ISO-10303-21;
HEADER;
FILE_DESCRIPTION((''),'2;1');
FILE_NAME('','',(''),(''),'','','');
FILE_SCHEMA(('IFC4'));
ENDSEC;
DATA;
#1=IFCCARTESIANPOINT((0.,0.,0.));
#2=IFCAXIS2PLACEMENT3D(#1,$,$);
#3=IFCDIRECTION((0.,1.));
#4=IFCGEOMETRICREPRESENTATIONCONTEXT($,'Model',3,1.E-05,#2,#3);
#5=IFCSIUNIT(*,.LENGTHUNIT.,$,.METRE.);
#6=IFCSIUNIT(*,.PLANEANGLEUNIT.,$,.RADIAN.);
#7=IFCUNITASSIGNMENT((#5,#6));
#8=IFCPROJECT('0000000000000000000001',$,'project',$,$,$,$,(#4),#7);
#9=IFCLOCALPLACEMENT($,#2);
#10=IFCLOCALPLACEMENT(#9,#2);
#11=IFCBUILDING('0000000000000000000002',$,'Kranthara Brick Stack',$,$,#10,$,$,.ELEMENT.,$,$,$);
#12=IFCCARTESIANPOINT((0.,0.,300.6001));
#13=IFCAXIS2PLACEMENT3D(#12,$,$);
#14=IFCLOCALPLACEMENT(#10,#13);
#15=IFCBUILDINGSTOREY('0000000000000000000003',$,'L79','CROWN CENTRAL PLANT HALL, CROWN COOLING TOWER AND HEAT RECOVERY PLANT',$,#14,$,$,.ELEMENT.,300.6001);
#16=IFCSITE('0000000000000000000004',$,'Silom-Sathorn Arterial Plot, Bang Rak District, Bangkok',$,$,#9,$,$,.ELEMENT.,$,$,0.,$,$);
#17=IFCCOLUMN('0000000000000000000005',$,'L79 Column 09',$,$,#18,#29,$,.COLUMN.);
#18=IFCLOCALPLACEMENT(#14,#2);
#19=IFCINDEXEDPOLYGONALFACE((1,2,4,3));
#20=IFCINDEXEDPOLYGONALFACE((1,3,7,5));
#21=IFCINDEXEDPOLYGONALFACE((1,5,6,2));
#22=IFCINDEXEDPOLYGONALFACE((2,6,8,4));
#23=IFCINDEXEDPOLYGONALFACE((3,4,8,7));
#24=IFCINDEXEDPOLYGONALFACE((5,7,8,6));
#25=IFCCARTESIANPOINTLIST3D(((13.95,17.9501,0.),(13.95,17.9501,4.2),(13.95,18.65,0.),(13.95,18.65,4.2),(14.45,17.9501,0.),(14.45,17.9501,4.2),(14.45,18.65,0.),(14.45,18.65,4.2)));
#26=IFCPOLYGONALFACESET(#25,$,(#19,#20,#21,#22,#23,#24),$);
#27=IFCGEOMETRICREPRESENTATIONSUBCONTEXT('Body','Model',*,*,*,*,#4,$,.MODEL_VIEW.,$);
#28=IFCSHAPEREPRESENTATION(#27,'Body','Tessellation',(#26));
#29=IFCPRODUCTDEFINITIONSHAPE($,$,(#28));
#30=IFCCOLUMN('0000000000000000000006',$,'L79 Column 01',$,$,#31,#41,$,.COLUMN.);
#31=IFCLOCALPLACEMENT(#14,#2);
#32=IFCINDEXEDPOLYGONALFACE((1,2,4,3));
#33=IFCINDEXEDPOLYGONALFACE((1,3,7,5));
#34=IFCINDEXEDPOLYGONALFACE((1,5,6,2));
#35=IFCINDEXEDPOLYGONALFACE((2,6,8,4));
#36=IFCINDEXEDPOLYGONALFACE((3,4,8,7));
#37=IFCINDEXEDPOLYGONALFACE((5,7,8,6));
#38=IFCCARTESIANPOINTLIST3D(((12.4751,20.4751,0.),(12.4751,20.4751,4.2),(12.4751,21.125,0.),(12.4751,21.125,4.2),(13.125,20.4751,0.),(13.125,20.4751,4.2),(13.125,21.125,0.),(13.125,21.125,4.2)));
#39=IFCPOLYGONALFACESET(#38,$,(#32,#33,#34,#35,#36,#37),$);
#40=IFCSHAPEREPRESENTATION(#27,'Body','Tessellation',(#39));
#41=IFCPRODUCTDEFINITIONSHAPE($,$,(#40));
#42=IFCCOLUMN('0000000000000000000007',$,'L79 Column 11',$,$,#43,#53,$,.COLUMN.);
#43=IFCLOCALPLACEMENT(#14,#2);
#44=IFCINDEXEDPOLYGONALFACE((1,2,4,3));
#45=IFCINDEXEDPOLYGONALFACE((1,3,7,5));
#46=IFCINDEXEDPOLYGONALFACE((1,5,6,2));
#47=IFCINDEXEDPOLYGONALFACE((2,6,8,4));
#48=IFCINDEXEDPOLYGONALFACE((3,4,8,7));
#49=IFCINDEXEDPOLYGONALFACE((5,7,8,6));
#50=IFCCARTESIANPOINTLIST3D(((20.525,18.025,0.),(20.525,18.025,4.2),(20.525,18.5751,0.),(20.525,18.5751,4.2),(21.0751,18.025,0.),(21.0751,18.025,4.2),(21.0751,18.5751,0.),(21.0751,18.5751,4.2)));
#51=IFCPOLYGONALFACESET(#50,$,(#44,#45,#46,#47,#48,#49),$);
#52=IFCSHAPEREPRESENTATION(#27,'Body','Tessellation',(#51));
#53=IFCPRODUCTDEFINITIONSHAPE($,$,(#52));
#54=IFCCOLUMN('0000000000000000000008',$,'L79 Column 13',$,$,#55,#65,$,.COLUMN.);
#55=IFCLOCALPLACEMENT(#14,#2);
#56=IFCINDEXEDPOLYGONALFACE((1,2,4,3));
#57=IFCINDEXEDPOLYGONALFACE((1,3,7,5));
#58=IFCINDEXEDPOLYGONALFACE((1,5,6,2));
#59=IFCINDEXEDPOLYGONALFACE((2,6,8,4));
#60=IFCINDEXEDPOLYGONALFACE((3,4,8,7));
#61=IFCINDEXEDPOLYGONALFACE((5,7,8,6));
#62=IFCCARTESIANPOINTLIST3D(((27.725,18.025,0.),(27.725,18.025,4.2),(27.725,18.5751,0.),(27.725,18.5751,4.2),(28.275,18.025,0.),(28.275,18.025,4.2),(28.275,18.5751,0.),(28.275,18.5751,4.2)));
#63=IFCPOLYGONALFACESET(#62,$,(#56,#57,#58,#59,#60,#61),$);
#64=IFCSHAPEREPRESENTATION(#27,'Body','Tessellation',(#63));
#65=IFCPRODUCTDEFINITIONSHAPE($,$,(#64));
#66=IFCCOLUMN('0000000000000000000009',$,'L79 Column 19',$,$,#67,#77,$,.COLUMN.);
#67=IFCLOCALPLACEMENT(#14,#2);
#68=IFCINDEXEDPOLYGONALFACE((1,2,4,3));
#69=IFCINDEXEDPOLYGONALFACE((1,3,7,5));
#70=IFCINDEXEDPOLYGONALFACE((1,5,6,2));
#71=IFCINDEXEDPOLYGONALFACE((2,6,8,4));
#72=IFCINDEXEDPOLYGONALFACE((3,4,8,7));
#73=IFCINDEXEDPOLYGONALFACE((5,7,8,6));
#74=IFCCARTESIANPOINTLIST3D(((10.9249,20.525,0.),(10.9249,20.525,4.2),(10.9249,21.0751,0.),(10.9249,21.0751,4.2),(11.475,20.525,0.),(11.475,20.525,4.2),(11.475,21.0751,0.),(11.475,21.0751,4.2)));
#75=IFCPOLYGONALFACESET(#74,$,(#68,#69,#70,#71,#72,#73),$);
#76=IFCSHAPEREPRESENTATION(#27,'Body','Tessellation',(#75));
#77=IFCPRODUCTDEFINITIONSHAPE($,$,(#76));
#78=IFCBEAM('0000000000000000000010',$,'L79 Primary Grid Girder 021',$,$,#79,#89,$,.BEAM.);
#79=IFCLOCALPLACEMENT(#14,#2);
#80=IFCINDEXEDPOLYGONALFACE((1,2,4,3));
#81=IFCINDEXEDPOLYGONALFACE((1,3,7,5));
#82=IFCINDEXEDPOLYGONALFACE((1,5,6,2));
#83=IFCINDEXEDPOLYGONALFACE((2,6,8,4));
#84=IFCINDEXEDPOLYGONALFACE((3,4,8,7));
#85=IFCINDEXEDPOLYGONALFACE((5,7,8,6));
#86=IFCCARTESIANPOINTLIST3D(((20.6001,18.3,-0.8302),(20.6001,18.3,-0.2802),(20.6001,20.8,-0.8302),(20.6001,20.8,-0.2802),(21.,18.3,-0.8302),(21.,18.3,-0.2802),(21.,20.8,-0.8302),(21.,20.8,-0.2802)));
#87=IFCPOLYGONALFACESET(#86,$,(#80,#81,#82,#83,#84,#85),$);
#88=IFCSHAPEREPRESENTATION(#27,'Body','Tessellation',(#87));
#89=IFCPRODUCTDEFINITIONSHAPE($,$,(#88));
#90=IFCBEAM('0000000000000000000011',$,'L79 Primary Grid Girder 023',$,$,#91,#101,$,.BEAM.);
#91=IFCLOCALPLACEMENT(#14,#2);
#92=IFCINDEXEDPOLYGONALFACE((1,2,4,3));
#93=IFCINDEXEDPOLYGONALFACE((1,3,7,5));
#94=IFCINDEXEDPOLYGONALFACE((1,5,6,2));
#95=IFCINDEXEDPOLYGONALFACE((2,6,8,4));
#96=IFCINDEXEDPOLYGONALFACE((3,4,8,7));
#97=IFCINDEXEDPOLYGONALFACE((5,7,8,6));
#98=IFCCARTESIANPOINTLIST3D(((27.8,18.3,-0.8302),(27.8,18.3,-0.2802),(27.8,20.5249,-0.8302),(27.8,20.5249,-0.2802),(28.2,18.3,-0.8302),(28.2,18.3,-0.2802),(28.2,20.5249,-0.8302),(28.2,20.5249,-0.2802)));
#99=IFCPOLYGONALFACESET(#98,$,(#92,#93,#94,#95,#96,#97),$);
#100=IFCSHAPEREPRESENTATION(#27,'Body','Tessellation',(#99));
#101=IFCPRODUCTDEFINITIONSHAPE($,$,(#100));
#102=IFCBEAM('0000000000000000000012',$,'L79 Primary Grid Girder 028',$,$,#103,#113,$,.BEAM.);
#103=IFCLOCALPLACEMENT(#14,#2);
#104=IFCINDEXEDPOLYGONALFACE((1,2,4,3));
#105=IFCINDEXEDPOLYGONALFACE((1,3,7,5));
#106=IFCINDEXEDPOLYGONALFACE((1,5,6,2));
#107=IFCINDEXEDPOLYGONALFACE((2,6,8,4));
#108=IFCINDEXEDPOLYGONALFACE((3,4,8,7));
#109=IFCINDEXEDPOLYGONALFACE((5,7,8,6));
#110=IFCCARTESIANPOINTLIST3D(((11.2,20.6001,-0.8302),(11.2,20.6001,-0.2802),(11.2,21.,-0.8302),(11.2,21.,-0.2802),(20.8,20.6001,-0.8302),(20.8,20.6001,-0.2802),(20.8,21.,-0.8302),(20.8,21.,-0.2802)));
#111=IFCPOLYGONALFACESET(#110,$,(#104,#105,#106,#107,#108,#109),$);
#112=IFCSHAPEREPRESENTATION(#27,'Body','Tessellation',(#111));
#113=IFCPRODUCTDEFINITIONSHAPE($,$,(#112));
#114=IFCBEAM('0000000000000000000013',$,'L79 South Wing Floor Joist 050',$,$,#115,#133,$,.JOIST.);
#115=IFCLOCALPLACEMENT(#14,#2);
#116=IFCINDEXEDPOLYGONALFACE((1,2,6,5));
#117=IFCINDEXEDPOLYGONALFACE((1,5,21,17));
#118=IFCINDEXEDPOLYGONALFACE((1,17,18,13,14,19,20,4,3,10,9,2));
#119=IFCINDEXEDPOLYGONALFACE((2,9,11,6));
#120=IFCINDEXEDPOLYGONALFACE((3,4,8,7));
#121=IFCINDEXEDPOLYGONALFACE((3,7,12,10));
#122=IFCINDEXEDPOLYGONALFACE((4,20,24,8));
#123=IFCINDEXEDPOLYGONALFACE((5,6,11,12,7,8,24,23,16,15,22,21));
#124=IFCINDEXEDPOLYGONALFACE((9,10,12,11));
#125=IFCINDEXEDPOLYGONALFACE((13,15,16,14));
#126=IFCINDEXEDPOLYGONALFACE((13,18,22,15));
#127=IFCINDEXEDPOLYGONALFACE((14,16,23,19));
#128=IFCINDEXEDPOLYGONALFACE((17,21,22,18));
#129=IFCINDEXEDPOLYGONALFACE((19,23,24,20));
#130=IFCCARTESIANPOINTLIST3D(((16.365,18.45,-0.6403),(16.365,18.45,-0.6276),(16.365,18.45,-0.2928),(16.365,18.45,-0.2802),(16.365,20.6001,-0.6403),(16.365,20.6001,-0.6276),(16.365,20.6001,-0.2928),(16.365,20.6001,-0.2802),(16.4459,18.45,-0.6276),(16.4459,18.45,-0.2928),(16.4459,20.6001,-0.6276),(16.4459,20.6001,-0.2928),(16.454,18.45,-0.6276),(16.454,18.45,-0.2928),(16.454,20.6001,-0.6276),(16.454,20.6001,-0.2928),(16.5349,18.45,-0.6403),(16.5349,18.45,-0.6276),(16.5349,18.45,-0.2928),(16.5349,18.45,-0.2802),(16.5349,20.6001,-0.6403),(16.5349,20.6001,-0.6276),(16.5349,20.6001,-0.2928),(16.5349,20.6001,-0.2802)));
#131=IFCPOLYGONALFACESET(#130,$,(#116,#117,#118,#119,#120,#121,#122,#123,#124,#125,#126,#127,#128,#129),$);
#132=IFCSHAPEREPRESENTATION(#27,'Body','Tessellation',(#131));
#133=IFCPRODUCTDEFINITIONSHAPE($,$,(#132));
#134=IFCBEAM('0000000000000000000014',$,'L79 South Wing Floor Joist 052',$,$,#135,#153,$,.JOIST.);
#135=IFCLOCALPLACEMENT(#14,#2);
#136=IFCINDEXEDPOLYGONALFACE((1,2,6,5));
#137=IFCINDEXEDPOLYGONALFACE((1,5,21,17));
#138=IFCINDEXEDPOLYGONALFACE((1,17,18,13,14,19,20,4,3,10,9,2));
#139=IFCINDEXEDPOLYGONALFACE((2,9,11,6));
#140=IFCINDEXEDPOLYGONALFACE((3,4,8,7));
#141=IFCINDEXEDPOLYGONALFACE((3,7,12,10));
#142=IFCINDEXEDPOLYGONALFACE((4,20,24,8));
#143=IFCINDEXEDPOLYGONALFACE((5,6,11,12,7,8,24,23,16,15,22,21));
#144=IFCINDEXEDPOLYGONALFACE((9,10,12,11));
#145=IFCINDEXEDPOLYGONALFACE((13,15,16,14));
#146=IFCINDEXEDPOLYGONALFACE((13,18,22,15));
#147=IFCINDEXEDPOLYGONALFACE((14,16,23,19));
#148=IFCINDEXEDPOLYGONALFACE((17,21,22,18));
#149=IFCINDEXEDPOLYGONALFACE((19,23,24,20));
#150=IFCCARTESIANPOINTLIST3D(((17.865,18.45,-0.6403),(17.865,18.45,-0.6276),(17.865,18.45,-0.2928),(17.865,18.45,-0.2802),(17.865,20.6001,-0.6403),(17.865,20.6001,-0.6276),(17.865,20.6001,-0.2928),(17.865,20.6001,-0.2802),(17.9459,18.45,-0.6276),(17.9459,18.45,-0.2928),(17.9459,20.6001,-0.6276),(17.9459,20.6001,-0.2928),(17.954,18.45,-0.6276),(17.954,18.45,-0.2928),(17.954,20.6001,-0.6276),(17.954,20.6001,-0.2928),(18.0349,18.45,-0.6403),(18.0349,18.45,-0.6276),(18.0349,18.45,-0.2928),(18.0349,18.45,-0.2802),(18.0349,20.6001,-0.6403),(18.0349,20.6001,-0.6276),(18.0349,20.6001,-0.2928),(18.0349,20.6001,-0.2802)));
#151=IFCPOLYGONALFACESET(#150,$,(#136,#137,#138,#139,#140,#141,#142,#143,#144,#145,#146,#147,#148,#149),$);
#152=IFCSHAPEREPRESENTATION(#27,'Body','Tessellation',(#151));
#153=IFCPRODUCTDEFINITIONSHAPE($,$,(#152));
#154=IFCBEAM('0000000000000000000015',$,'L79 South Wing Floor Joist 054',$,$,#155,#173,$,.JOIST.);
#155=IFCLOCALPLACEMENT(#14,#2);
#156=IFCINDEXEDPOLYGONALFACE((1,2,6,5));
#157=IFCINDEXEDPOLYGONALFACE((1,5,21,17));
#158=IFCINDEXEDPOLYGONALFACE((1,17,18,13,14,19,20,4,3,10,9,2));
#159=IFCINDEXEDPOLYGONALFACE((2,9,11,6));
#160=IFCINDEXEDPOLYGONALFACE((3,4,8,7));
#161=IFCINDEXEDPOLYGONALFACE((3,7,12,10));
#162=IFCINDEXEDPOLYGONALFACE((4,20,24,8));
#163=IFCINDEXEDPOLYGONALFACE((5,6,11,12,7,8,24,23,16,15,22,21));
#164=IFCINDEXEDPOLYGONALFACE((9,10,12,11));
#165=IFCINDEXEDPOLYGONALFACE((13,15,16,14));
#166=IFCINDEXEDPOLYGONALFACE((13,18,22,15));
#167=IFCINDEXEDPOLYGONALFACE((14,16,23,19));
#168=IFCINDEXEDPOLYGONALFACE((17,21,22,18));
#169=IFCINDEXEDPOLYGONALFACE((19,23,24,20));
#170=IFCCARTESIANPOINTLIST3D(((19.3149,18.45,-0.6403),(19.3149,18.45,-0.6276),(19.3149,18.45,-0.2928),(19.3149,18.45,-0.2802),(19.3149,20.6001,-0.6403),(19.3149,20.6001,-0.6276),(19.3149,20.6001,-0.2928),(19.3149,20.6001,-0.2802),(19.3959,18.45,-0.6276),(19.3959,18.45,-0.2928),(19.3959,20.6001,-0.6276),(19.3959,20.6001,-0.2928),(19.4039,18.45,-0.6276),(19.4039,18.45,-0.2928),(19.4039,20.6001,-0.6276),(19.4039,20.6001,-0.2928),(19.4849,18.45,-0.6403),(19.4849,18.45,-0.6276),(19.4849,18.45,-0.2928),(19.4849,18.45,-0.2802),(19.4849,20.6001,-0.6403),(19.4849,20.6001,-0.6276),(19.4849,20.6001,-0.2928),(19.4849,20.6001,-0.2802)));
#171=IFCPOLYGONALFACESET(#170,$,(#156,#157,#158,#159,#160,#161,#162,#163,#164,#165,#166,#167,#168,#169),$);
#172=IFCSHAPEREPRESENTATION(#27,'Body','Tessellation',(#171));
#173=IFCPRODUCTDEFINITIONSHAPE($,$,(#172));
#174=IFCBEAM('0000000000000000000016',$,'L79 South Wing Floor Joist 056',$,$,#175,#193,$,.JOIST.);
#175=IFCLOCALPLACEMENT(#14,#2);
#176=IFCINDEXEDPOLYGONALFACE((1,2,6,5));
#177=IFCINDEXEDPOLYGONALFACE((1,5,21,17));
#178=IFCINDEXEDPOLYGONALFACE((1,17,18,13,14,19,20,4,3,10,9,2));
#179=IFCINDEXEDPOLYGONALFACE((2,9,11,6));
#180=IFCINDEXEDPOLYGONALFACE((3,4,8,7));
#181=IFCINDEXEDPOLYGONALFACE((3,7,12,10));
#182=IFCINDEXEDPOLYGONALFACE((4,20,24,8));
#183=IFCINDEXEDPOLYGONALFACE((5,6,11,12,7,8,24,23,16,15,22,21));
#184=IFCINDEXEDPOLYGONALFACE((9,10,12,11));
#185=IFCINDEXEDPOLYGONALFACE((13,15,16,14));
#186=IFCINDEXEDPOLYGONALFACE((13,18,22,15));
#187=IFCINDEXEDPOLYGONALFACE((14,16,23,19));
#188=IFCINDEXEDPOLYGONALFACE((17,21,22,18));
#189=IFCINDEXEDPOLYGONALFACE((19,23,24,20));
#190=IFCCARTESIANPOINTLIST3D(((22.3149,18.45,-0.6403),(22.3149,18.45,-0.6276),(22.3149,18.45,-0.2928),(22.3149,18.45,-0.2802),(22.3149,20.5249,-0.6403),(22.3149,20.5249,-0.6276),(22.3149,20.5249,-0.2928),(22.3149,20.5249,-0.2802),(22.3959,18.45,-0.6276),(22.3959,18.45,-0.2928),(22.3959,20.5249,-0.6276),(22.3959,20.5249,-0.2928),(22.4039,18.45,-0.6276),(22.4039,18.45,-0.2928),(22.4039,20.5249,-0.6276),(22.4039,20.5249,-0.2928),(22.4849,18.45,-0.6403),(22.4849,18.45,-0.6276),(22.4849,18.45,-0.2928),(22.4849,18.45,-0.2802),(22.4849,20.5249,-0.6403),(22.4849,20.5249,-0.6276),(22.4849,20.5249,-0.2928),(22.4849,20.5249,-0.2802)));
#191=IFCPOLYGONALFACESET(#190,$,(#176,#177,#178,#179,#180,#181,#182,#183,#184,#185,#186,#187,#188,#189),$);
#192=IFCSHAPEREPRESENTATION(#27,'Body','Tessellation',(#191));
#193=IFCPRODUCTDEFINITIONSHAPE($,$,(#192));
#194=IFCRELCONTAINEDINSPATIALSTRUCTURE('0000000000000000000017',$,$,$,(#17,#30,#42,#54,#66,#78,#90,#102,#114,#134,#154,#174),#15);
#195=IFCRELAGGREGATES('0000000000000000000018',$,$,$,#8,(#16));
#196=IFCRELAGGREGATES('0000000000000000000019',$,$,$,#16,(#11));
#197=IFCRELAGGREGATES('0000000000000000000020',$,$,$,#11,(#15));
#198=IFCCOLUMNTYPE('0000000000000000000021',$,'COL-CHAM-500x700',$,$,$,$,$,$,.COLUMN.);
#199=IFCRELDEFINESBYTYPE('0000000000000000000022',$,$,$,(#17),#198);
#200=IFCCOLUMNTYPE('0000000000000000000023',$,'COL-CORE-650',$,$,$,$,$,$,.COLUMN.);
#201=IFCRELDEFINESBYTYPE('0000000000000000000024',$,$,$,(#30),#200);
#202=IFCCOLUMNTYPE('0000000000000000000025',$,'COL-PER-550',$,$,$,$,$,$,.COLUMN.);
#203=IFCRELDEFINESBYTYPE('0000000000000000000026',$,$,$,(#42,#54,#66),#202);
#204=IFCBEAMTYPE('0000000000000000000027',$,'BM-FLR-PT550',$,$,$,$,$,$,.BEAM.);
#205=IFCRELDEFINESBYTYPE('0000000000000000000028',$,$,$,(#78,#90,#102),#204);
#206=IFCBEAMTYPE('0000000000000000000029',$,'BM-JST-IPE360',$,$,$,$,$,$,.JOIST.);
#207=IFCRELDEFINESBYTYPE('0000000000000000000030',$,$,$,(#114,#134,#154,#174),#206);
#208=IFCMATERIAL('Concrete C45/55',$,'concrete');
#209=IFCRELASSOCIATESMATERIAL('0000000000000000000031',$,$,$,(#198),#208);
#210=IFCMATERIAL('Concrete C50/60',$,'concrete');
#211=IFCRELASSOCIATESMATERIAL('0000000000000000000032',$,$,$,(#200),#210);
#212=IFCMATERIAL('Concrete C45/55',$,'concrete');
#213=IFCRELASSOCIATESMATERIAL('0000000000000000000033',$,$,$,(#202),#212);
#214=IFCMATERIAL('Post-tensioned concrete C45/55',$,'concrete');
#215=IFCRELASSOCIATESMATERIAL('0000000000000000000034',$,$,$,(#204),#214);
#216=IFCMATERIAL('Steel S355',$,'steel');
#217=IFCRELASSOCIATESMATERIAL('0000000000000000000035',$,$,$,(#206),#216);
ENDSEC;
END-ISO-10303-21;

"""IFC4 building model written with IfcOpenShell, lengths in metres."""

from ifc_helpers import new_model, si_unit, direction, frame, origin, origin_2d, place, context, subcontext, project, spatial, rectangle, i_section, extrude, material, material_profile, profile_set, type_object, element, save


model = new_model("IFC4")

# Units and contexts
model_context = context("Model", 3, precision=1e-05, world=origin(), true_north=direction((0.0, 1.0)))
body_context = subcontext(model_context, "Body", "Model", "MODEL_VIEW")
ifc_project = project(units=[si_unit("LENGTHUNIT", "METRE"), si_unit("PLANEANGLEUNIT", "RADIAN")], contexts=[model_context])

# Site, building, storey
site_placement = place(None, origin())
site = spatial("IfcSite", under=ifc_project, at=site_placement, Name="Silom-Sathorn Arterial Plot, Bang Rak District, Bangkok", CompositionType="ELEMENT", RefElevation=0.0)
building_placement = place(site_placement, origin())
building = spatial("IfcBuilding", under=site, at=building_placement, Name="Kranthara Brick Stack", CompositionType="ELEMENT")
storey_placement = place(building_placement, frame((0.0, 0.0, 300.6001)))
storey = spatial("IfcBuildingStorey", under=building, at=storey_placement, Name="L79", Description="CROWN CENTRAL PLANT HALL, CROWN COOLING TOWER AND HEAT RECOVERY PLANT", CompositionType="ELEMENT", Elevation=300.6001)

# Columns
ifc_material_1 = material(Name="Concrete C45/55", Category="concrete")
ifc_material_profile_1 = material_profile(ifc_material_1, rectangle(XDim=0.5, YDim=0.7, at=origin_2d()), Name="RC 500x700")
ifc_profile_set_1 = profile_set([ifc_material_profile_1], Name="Concrete C45/55")
column_type_1 = type_object("IfcColumnType", Name="COL-CHAM-500x700", PredefinedType="COLUMN", material=ifc_profile_set_1)
column_1_placement = place(storey_placement, frame((14.2, 18.3, 0.0), z_axis=(0.0, 0.0, 1.0), x_axis=(1.0, 0.0, 0.0)))
element("IfcColumn", 1, at=column_1_placement, inside=storey, type_object=column_type_1, Name="L79 Column 09", PredefinedType="COLUMN", context=body_context, shape_type="SweptSolid", body=[
    extrude(rectangle(XDim=0.5, YDim=0.7, at=origin_2d()), origin(), (0.0, 0.0, 1.0), 4.2),
])
ifc_material_2 = material(Name="Concrete C50/60", Category="concrete")
ifc_material_profile_2 = material_profile(ifc_material_2, rectangle(XDim=0.6499, YDim=0.6499, at=origin_2d()), Name="RC 650x650")
ifc_profile_set_2 = profile_set([ifc_material_profile_2], Name="Concrete C50/60")
column_type_2 = type_object("IfcColumnType", Name="COL-CORE-650", PredefinedType="COLUMN", material=ifc_profile_set_2)
column_2_placement = place(storey_placement, frame((12.8, 20.8, 0.0), z_axis=(0.0, 0.0, 1.0), x_axis=(1.0, 0.0, 0.0)))
element("IfcColumn", 2, at=column_2_placement, inside=storey, type_object=column_type_2, Name="L79 Column 01", PredefinedType="COLUMN", context=body_context, shape_type="SweptSolid", body=[
    extrude(rectangle(XDim=0.6499, YDim=0.6499, at=origin_2d()), origin(), (0.0, 0.0, 1.0), 4.2),
])
ifc_material_3 = material(Name="Concrete C45/55", Category="concrete")
ifc_material_profile_3 = material_profile(ifc_material_3, rectangle(XDim=0.55, YDim=0.55, at=origin_2d()), Name="RC 550x550")
ifc_profile_set_3 = profile_set([ifc_material_profile_3], Name="Concrete C45/55")
column_type_3 = type_object("IfcColumnType", Name="COL-PER-550", PredefinedType="COLUMN", material=ifc_profile_set_3)
for number, where, z_axis, x_axis, name in (
    (3, (20.8, 18.3, 0.0), (0.0, 0.0, 1.0), (1.0, 0.0, 0.0), "L79 Column 11"),
    (4, (28.0, 18.3, 0.0), (0.0, 0.0, 1.0), (1.0, 0.0, 0.0), "L79 Column 13"),
    (5, (11.2, 20.8, 0.0), (0.0, 0.0, 1.0), (1.0, 0.0, 0.0), "L79 Column 19"),
):
    element("IfcColumn", number, at=place(storey_placement, frame(where, z_axis=z_axis, x_axis=x_axis)), inside=storey, type_object=column_type_3, Name=name, PredefinedType="COLUMN", context=body_context, shape_type="SweptSolid", body=[
        extrude(rectangle(XDim=0.55, YDim=0.55, at=origin_2d()), origin(), (0.0, 0.0, 1.0), 4.2),
    ])

# Beams
ifc_material_4 = material(Name="Post-tensioned concrete C45/55", Category="concrete")
ifc_material_profile_4 = material_profile(ifc_material_4, rectangle(XDim=0.3999, YDim=0.55, at=origin_2d()), Name="PT 400x550")
ifc_profile_set_4 = profile_set([ifc_material_profile_4], Name="Post-tensioned concrete C45/55")
beam_type_1 = type_object("IfcBeamType", Name="BM-FLR-PT550", PredefinedType="BEAM", material=ifc_profile_set_4)
beam_1_placement = place(storey_placement, frame((20.8, 18.3, -0.5552), z_axis=(0.0, 1.0, 0.0), x_axis=(-1.0, 0.0, 0.0)))
element("IfcBeam", 6, at=beam_1_placement, inside=storey, type_object=beam_type_1, Name="L79 Primary Grid Girder 021", PredefinedType="BEAM", context=body_context, shape_type="SweptSolid", body=[
    extrude(rectangle(XDim=0.3999, YDim=0.55, at=origin_2d()), origin(), (0.0, 0.0, 1.0), 2.5),
])
beam_2_placement = place(storey_placement, frame((28.0, 18.3, -0.5552), z_axis=(0.0, 1.0, 0.0), x_axis=(-1.0, 0.0, 0.0)))
element("IfcBeam", 7, at=beam_2_placement, inside=storey, type_object=beam_type_1, Name="L79 Primary Grid Girder 023", PredefinedType="BEAM", context=body_context, shape_type="SweptSolid", body=[
    extrude(rectangle(XDim=0.3999, YDim=0.55, at=origin_2d()), origin(), (0.0, 0.0, 1.0), 2.2249),
])
beam_3_placement = place(storey_placement, frame((11.2, 20.8, -0.5552), z_axis=(1.0, 0.0, 0.0), x_axis=(0.0, 1.0, 0.0)))
element("IfcBeam", 8, at=beam_3_placement, inside=storey, type_object=beam_type_1, Name="L79 Primary Grid Girder 028", PredefinedType="BEAM", context=body_context, shape_type="SweptSolid", body=[
    extrude(rectangle(XDim=0.3999, YDim=0.55, at=origin_2d()), origin(), (0.0, 0.0, 1.0), 9.6001),
])
ifc_material_5 = material(Name="Steel S355", Category="steel")
ifc_material_profile_5 = material_profile(ifc_material_5, i_section(OverallWidth=0.1699, OverallDepth=0.3601, WebThickness=0.0081, FlangeThickness=0.0127, at=origin_2d()), Name="IPE 360")
ifc_profile_set_5 = profile_set([ifc_material_profile_5], Name="Steel S355")
beam_type_2 = type_object("IfcBeamType", Name="BM-JST-IPE360", PredefinedType="JOIST", material=ifc_profile_set_5)
for number, where, z_axis, x_axis, name in (
    (9, (16.45, 18.45, -0.4602), (0.0, 1.0, 0.0), (-1.0, 0.0, 0.0), "L79 South Wing Floor Joist 050"),
    (10, (17.95, 18.45, -0.4602), (0.0, 1.0, 0.0), (-1.0, 0.0, 0.0), "L79 South Wing Floor Joist 052"),
    (11, (19.3999, 18.45, -0.4602), (0.0, 1.0, 0.0), (-1.0, 0.0, 0.0), "L79 South Wing Floor Joist 054"),
):
    element("IfcBeam", number, at=place(storey_placement, frame(where, z_axis=z_axis, x_axis=x_axis)), inside=storey, type_object=beam_type_2, Name=name, PredefinedType="JOIST", context=body_context, shape_type="SweptSolid", body=[
        extrude(i_section(OverallWidth=0.1699, OverallDepth=0.3601, WebThickness=0.0081, FlangeThickness=0.0127, at=origin_2d()), origin(), (0.0, 0.0, 1.0), 2.1501),
    ])
for number, where, z_axis, x_axis, name in (
    (12, (22.3999, 18.45, -0.4602), (0.0, 1.0, 0.0), (-1.0, 0.0, 0.0), "L79 South Wing Floor Joist 056"),
):
    element("IfcBeam", number, at=place(storey_placement, frame(where, z_axis=z_axis, x_axis=x_axis)), inside=storey, type_object=beam_type_2, Name=name, PredefinedType="JOIST", context=body_context, shape_type="SweptSolid", body=[
        extrude(i_section(OverallWidth=0.1699, OverallDepth=0.3601, WebThickness=0.0081, FlangeThickness=0.0127, at=origin_2d()), origin(), (0.0, 0.0, 1.0), 2.075),
    ])

save(model, "model.ifc")
